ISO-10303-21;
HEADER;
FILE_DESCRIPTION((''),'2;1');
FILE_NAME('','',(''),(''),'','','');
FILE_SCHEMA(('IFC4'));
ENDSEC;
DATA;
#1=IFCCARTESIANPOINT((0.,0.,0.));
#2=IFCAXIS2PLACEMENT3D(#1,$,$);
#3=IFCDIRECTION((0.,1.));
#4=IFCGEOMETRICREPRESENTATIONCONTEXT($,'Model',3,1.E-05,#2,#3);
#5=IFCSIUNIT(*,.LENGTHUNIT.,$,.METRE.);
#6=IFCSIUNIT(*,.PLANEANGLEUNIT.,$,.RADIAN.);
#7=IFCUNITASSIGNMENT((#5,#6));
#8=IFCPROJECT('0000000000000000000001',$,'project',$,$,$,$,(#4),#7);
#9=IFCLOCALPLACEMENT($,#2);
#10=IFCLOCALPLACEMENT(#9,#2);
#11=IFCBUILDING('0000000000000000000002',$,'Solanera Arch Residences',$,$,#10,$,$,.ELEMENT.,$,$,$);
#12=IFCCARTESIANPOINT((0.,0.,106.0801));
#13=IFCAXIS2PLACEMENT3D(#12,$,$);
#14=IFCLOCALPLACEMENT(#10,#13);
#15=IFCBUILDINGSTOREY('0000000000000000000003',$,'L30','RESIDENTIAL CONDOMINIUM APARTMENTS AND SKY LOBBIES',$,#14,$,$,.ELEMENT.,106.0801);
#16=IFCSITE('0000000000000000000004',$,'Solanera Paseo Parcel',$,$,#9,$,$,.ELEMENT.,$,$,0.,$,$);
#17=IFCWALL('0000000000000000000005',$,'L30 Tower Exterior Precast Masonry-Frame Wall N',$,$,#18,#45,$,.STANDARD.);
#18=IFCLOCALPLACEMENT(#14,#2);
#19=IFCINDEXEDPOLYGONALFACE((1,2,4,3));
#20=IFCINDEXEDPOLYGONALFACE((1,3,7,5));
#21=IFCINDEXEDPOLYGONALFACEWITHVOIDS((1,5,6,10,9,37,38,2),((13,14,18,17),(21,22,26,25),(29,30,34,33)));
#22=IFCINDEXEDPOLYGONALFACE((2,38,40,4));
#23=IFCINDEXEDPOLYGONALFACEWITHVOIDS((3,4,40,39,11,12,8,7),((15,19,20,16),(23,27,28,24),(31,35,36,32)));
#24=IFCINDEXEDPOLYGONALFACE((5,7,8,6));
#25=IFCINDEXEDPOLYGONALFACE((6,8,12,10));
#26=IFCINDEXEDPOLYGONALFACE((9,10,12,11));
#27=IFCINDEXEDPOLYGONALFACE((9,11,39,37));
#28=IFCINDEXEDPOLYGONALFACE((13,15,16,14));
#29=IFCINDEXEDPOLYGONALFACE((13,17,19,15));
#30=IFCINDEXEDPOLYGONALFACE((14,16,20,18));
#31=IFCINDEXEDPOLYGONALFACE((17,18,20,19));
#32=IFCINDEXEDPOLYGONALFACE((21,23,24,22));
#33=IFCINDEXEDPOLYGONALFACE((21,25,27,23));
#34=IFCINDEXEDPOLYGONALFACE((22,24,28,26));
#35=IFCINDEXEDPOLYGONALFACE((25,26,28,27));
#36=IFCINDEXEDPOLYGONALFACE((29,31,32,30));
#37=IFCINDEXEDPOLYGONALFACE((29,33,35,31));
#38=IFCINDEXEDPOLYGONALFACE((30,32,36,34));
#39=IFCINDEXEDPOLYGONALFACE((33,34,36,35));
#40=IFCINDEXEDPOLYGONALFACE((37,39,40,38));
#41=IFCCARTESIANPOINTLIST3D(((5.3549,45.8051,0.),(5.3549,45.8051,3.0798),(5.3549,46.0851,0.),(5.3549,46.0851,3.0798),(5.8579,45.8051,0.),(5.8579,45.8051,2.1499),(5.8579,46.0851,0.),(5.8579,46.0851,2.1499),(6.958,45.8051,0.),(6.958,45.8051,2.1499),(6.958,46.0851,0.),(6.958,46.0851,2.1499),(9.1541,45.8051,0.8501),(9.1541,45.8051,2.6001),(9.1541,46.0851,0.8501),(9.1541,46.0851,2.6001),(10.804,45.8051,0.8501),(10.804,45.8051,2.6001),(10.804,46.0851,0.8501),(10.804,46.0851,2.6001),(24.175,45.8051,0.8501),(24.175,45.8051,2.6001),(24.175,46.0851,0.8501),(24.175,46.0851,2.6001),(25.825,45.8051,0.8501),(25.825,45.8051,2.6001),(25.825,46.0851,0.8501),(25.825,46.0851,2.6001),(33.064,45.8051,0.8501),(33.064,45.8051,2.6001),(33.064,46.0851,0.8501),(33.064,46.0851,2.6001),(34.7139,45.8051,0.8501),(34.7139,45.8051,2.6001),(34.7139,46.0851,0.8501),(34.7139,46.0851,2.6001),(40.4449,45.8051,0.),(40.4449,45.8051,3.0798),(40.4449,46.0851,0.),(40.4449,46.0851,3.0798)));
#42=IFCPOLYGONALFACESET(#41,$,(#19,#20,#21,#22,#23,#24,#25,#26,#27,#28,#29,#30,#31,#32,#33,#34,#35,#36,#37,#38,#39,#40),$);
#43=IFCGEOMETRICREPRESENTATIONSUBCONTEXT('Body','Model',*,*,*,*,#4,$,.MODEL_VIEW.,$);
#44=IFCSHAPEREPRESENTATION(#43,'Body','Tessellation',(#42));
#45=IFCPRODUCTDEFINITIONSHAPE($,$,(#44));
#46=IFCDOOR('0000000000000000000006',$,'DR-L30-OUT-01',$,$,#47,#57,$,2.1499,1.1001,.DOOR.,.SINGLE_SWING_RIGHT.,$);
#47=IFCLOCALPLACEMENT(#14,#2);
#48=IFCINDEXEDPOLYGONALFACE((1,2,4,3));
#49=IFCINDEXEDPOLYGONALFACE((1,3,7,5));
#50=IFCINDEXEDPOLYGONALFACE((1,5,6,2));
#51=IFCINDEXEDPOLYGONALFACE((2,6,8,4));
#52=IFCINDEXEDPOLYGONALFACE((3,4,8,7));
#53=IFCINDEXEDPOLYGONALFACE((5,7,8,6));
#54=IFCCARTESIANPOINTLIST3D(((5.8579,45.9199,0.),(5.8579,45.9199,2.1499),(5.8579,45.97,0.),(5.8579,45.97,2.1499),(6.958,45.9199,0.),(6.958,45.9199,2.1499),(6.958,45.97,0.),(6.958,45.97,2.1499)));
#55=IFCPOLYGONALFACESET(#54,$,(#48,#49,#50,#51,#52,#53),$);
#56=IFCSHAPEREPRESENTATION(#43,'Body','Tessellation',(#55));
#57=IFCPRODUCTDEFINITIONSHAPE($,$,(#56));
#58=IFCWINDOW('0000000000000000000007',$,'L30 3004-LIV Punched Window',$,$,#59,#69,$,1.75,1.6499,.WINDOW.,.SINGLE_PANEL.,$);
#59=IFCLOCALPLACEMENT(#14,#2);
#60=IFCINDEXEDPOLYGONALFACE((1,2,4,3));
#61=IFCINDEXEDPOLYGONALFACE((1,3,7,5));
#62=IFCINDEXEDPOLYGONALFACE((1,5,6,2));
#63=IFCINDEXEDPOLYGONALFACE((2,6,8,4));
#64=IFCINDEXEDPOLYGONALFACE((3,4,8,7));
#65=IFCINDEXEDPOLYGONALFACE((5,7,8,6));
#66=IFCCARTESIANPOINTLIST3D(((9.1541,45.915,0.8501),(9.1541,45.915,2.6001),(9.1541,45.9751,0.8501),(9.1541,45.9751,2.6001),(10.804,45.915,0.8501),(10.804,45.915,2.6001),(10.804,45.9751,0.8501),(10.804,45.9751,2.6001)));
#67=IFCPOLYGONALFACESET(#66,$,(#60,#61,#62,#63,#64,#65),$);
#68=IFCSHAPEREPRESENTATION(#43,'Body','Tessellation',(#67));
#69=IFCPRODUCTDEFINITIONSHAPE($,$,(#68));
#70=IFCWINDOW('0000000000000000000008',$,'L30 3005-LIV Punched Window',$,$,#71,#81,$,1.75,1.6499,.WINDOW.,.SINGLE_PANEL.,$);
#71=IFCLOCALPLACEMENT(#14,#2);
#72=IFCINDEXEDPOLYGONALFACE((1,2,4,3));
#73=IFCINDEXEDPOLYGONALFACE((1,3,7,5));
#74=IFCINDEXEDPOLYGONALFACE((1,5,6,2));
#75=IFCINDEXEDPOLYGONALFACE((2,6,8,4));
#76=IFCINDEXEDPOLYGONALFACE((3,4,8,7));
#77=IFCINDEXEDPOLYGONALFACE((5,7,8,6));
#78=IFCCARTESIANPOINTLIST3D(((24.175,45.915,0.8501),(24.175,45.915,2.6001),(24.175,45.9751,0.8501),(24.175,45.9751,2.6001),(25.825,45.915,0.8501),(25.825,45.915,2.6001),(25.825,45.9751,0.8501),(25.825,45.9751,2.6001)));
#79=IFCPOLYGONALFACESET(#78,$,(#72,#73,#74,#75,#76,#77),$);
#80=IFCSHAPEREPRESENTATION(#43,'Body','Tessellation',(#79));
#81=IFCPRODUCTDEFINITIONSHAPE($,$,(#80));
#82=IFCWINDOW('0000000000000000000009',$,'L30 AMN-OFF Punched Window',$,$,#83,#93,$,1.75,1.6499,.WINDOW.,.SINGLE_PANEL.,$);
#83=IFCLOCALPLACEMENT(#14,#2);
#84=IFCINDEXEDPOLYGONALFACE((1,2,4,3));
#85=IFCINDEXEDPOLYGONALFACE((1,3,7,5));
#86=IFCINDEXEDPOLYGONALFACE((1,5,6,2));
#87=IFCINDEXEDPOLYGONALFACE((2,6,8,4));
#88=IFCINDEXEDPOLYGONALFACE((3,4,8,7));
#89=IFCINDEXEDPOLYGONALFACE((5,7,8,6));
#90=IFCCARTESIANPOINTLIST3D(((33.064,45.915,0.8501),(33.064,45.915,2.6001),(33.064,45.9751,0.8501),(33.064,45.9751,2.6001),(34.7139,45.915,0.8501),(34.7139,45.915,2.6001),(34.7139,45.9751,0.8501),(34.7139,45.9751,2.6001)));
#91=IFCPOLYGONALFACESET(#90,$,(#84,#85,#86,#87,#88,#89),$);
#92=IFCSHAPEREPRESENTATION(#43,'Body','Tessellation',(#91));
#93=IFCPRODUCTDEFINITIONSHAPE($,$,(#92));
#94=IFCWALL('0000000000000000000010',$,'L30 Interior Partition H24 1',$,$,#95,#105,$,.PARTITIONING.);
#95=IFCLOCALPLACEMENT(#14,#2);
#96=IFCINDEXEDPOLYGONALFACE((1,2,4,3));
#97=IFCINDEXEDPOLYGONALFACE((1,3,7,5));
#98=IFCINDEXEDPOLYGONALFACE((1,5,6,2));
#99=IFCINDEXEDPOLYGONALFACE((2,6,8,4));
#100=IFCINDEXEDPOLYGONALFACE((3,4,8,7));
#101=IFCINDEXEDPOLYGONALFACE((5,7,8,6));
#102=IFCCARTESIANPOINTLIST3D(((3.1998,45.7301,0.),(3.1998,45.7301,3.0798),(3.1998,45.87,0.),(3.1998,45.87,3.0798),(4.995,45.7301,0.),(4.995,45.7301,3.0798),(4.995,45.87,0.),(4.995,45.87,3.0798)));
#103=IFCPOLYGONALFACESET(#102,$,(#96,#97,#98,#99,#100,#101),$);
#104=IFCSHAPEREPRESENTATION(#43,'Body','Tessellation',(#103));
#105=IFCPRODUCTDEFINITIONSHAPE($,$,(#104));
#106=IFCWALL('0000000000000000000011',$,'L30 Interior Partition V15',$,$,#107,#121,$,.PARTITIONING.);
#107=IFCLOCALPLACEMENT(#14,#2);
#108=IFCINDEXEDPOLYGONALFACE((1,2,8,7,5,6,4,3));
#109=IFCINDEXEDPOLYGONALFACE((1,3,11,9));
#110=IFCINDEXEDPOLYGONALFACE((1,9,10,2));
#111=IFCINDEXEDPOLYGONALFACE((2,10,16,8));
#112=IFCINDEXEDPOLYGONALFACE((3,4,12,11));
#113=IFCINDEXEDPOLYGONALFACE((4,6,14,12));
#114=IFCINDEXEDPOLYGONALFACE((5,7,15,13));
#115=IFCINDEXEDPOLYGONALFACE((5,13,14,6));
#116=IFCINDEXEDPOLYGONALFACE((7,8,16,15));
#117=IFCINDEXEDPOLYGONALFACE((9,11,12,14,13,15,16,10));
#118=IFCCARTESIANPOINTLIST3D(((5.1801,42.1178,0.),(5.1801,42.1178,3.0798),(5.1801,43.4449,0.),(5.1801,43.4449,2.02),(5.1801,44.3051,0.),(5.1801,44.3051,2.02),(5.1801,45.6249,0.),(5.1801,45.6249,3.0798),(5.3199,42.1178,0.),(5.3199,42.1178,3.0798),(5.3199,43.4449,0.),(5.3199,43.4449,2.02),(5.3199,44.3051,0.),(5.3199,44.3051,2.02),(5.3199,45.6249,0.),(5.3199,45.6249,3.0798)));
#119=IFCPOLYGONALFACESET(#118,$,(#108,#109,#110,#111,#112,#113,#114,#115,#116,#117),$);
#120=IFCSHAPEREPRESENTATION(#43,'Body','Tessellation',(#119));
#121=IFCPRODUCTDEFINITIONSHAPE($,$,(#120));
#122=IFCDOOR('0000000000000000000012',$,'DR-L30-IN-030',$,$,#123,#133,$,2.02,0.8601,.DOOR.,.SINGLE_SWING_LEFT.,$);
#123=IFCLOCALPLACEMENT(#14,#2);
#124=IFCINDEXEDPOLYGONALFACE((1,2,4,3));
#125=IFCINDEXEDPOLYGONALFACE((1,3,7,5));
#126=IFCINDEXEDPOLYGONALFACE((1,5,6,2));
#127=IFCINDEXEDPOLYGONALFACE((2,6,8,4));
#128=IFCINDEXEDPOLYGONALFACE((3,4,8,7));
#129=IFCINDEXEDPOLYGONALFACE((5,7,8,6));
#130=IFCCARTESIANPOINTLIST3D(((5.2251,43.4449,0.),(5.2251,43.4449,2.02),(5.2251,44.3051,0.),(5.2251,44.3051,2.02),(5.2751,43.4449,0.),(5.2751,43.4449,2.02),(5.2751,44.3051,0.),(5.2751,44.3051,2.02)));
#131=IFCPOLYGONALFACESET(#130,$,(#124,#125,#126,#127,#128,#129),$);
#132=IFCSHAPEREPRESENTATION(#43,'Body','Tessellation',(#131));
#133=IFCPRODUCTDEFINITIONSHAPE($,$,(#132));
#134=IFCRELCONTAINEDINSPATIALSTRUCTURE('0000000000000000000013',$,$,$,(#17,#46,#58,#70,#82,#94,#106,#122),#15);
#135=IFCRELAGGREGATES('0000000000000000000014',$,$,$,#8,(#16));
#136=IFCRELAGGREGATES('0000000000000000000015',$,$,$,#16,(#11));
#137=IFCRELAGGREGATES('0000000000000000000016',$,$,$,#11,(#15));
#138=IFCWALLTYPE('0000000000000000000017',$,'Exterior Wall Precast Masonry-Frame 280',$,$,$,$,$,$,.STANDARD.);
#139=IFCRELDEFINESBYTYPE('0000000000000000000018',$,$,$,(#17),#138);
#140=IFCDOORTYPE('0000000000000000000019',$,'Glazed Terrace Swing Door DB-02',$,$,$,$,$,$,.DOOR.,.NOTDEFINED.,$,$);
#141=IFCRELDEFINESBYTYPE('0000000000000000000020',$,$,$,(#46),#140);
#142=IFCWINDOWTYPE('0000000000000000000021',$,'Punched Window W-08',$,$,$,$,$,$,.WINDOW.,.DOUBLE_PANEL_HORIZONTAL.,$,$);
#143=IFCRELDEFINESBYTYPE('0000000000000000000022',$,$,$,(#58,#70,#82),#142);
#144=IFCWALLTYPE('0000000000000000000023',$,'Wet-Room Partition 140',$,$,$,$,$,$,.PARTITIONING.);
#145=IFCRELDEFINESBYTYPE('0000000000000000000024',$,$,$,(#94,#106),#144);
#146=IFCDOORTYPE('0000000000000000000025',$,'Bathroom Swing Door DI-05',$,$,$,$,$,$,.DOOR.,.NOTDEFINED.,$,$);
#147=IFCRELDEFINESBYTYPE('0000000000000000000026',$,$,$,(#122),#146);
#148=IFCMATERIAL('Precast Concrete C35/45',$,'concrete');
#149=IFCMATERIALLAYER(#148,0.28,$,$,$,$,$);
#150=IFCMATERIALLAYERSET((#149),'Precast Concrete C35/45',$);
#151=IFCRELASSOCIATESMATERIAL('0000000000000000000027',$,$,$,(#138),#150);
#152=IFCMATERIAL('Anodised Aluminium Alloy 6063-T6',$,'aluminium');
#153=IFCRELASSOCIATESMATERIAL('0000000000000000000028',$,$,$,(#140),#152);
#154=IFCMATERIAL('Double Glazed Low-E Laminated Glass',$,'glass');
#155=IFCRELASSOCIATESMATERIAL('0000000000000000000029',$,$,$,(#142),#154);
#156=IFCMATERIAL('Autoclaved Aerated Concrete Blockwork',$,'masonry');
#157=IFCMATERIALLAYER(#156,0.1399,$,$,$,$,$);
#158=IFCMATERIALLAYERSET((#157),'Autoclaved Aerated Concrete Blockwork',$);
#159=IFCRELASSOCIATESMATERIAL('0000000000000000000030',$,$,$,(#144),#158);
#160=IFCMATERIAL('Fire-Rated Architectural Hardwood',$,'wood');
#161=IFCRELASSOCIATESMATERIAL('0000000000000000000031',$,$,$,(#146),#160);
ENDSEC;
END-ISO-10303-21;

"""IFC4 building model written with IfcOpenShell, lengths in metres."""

from ifc_helpers import new_model, si_unit, direction, frame, frame_2d, origin, place, context, subcontext, project, spatial, rectangle, extrude, material, layer, layer_set, type_object, element, fill, save


model = new_model("IFC4")

# Units and contexts
model_context = context("Model", 3, precision=1e-05, world=origin(), true_north=direction((0.0, 1.0)))
body_context = subcontext(model_context, "Body", "Model", "MODEL_VIEW")
ifc_project = project(units=[si_unit("LENGTHUNIT", "METRE"), si_unit("PLANEANGLEUNIT", "RADIAN")], contexts=[model_context])

# Site, building, storey
site_placement = place(None, origin())
site = spatial("IfcSite", under=ifc_project, at=site_placement, Name="Solanera Paseo Parcel", CompositionType="ELEMENT", RefElevation=0.0)
building_placement = place(site_placement, origin())
building = spatial("IfcBuilding", under=site, at=building_placement, Name="Solanera Arch Residences", CompositionType="ELEMENT")
storey_placement = place(building_placement, frame((0.0, 0.0, 106.0801)))
storey = spatial("IfcBuildingStorey", under=building, at=storey_placement, Name="L30", Description="RESIDENTIAL CONDOMINIUM APARTMENTS AND SKY LOBBIES", CompositionType="ELEMENT", Elevation=106.0801)

# Shared definitions
ifc_material_1 = material(Name="Precast Concrete C35/45", Category="concrete")
ifc_layer_1 = layer(ifc_material_1, 0.28)
ifc_layer_set_1 = layer_set([ifc_layer_1], Name="Precast Concrete C35/45")
wall_type_1 = type_object("IfcWallType", Name="Exterior Wall Precast Masonry-Frame 280", PredefinedType="STANDARD", material=ifc_layer_set_1)

# Wall, openings, door, windows
wall_1_placement = place(storey_placement, frame((5.355, 45.9451, 0.0), z_axis=(0.0, 0.0, 1.0), x_axis=(1.0, 0.0, 0.0)))
wall_1 = element("IfcWall", 1, at=wall_1_placement, inside=storey, type_object=wall_type_1, Name="L30 Tower Exterior Precast Masonry-Frame Wall N", PredefinedType="STANDARD", context=body_context, shape_type="SweptSolid", body=[
    extrude(rectangle(XDim=35.0901, YDim=0.28, at=frame_2d((17.5449, 0.0))), origin(), (0.0, 0.0, 1.0), 3.0798),
])
opening_1_placement = place(wall_1_placement, frame((0.5029, 0.0, 0.0)))
opening_1 = element("IfcOpeningElement", 2, at=opening_1_placement, cuts=wall_1, PredefinedType="OPENING", context=body_context, shape_type="SweptSolid", body=[
    extrude(rectangle(XDim=1.1001, YDim=2.1499, at=frame_2d((0.55, 1.075))), frame((0.0, 0.1499, 0.0), z_axis=(0.0, -1.0, 0.0), x_axis=(1.0, 0.0, 0.0)), (0.0, 0.0, 1.0), 0.3),
])
opening_2_placement = place(wall_1_placement, frame((3.7991, 0.0, 0.8501)))
opening_2 = element("IfcOpeningElement", 3, at=opening_2_placement, cuts=wall_1, PredefinedType="OPENING", context=body_context, shape_type="SweptSolid", body=[
    extrude(rectangle(XDim=1.6499, YDim=1.75, at=frame_2d((0.825, 0.875))), frame((0.0, 0.1499, 0.0), z_axis=(0.0, -1.0, 0.0), x_axis=(1.0, 0.0, 0.0)), (0.0, 0.0, 1.0), 0.3),
])
opening_3_placement = place(wall_1_placement, frame((18.8201, 0.0, 0.8501)))
opening_3 = element("IfcOpeningElement", 4, at=opening_3_placement, cuts=wall_1, PredefinedType="OPENING", context=body_context, shape_type="SweptSolid", body=[
    extrude(rectangle(XDim=1.6499, YDim=1.75, at=frame_2d((0.825, 0.875))), frame((0.0, 0.1499, 0.0), z_axis=(0.0, -1.0, 0.0), x_axis=(1.0, 0.0, 0.0)), (0.0, 0.0, 1.0), 0.3),
])
opening_4_placement = place(wall_1_placement, frame((27.709, 0.0, 0.8501)))
opening_4 = element("IfcOpeningElement", 5, at=opening_4_placement, cuts=wall_1, PredefinedType="OPENING", context=body_context, shape_type="SweptSolid", body=[
    extrude(rectangle(XDim=1.6499, YDim=1.75, at=frame_2d((0.825, 0.875))), frame((0.0, 0.1499, 0.0), z_axis=(0.0, -1.0, 0.0), x_axis=(1.0, 0.0, 0.0)), (0.0, 0.0, 1.0), 0.3),
])
ifc_material_2 = material(Name="Anodised Aluminium Alloy 6063-T6", Category="aluminium")
door_type_1 = type_object("IfcDoorType", Name="Glazed Terrace Swing Door DB-02", OperationType="NOTDEFINED", PredefinedType="DOOR", material=ifc_material_2)
door_1_placement = place(opening_1_placement, origin())
door_1 = element("IfcDoor", 6, at=door_1_placement, inside=storey, type_object=door_type_1, Name="DR-L30-OUT-01", OperationType="SINGLE_SWING_RIGHT", OverallHeight=2.1499, OverallWidth=1.1001, PredefinedType="DOOR", context=body_context, shape_type="SweptSolid", body=[
    extrude(rectangle(XDim=1.1001, YDim=2.1499, at=frame_2d((0.55, 1.075))), frame((0.0, 0.0249, 0.0), z_axis=(0.0, -1.0, 0.0), x_axis=(1.0, 0.0, 0.0)), (0.0, 0.0, 1.0), 0.05),
])
fill(opening_1, door_1)
ifc_material_3 = material(Name="Double Glazed Low-E Laminated Glass", Category="glass")
window_type = type_object("IfcWindowType", Name="Punched Window W-08", PartitioningType="DOUBLE_PANEL_HORIZONTAL", PredefinedType="WINDOW", material=ifc_material_3)
window_1_placement = place(opening_2_placement, origin())
window_1 = element("IfcWindow", 7, at=window_1_placement, inside=storey, type_object=window_type, Name="L30 3004-LIV Punched Window", OverallHeight=1.75, OverallWidth=1.6499, PartitioningType="SINGLE_PANEL", PredefinedType="WINDOW", context=body_context, shape_type="SweptSolid", body=[
    extrude(rectangle(XDim=1.6499, YDim=1.75, at=frame_2d((0.825, 0.875))), frame((0.0, 0.03, 0.0), z_axis=(0.0, -1.0, 0.0), x_axis=(1.0, 0.0, 0.0)), (0.0, 0.0, 1.0), 0.0601),
])
fill(opening_2, window_1)
window_2_placement = place(opening_3_placement, origin())
window_2 = element("IfcWindow", 8, at=window_2_placement, inside=storey, type_object=window_type, Name="L30 3005-LIV Punched Window", OverallHeight=1.75, OverallWidth=1.6499, PartitioningType="SINGLE_PANEL", PredefinedType="WINDOW", context=body_context, shape_type="SweptSolid", body=[
    extrude(rectangle(XDim=1.6499, YDim=1.75, at=frame_2d((0.825, 0.875))), frame((0.0, 0.03, 0.0), z_axis=(0.0, -1.0, 0.0), x_axis=(1.0, 0.0, 0.0)), (0.0, 0.0, 1.0), 0.0601),
])
fill(opening_3, window_2)
window_3_placement = place(opening_4_placement, origin())
window_3 = element("IfcWindow", 9, at=window_3_placement, inside=storey, type_object=window_type, Name="L30 AMN-OFF Punched Window", OverallHeight=1.75, OverallWidth=1.6499, PartitioningType="SINGLE_PANEL", PredefinedType="WINDOW", context=body_context, shape_type="SweptSolid", body=[
    extrude(rectangle(XDim=1.6499, YDim=1.75, at=frame_2d((0.825, 0.875))), frame((0.0, 0.03, 0.0), z_axis=(0.0, -1.0, 0.0), x_axis=(1.0, 0.0, 0.0)), (0.0, 0.0, 1.0), 0.0601),
])
fill(opening_4, window_3)

# Wall
ifc_material_4 = material(Name="Autoclaved Aerated Concrete Blockwork", Category="masonry")
ifc_layer_2 = layer(ifc_material_4, 0.1399)
ifc_layer_set_2 = layer_set([ifc_layer_2], Name="Autoclaved Aerated Concrete Blockwork")
wall_type_2 = type_object("IfcWallType", Name="Wet-Room Partition 140", PredefinedType="PARTITIONING", material=ifc_layer_set_2)
wall_2_placement = place(storey_placement, frame((3.2, 45.8, 0.0), z_axis=(0.0, 0.0, 1.0), x_axis=(1.0, 0.0, 0.0)))
element("IfcWall", 10, at=wall_2_placement, inside=storey, type_object=wall_type_2, Name="L30 Interior Partition H24 1", PredefinedType="PARTITIONING", context=body_context, shape_type="SweptSolid", body=[
    extrude(rectangle(XDim=1.7952, YDim=0.1399, at=frame_2d((0.8975, 0.0))), origin(), (0.0, 0.0, 1.0), 3.0798),
])

# Wall, opening, door
wall_3_placement = place(storey_placement, frame((5.25, 42.1179, 0.0), z_axis=(0.0, 0.0, 1.0), x_axis=(0.0, 1.0, 0.0)))
wall_3 = element("IfcWall", 11, at=wall_3_placement, inside=storey, type_object=wall_type_2, Name="L30 Interior Partition V15", PredefinedType="PARTITIONING", context=body_context, shape_type="SweptSolid", body=[
    extrude(rectangle(XDim=3.5071, YDim=0.1399, at=frame_2d((1.7534, 0.0))), origin(), (0.0, 0.0, 1.0), 3.0798),
])
opening_5_placement = place(wall_3_placement, frame((1.3269, 0.0, 0.0)))
opening_5 = element("IfcOpeningElement", 12, at=opening_5_placement, cuts=wall_3, PredefinedType="OPENING", context=body_context, shape_type="SweptSolid", body=[
    extrude(rectangle(XDim=0.8601, YDim=2.02, at=frame_2d((0.4302, 1.01))), frame((0.0, 0.0798, 0.0), z_axis=(0.0, -1.0, 0.0), x_axis=(1.0, 0.0, 0.0)), (0.0, 0.0, 1.0), 0.1599),
])
ifc_material_5 = material(Name="Fire-Rated Architectural Hardwood", Category="wood")
door_type_2 = type_object("IfcDoorType", Name="Bathroom Swing Door DI-05", OperationType="NOTDEFINED", PredefinedType="DOOR", material=ifc_material_5)
door_2_placement = place(opening_5_placement, origin())
door_2 = element("IfcDoor", 13, at=door_2_placement, inside=storey, type_object=door_type_2, Name="DR-L30-IN-030", OperationType="SINGLE_SWING_LEFT", OverallHeight=2.02, OverallWidth=0.8601, PredefinedType="DOOR", context=body_context, shape_type="SweptSolid", body=[
    extrude(rectangle(XDim=0.8601, YDim=2.02, at=frame_2d((0.4302, 1.01))), frame((0.0, 0.0249, 0.0), z_axis=(0.0, -1.0, 0.0), x_axis=(1.0, 0.0, 0.0)), (0.0, 0.0, 1.0), 0.05),
])
fill(opening_5, door_2)

save(model, "model.ifc")
